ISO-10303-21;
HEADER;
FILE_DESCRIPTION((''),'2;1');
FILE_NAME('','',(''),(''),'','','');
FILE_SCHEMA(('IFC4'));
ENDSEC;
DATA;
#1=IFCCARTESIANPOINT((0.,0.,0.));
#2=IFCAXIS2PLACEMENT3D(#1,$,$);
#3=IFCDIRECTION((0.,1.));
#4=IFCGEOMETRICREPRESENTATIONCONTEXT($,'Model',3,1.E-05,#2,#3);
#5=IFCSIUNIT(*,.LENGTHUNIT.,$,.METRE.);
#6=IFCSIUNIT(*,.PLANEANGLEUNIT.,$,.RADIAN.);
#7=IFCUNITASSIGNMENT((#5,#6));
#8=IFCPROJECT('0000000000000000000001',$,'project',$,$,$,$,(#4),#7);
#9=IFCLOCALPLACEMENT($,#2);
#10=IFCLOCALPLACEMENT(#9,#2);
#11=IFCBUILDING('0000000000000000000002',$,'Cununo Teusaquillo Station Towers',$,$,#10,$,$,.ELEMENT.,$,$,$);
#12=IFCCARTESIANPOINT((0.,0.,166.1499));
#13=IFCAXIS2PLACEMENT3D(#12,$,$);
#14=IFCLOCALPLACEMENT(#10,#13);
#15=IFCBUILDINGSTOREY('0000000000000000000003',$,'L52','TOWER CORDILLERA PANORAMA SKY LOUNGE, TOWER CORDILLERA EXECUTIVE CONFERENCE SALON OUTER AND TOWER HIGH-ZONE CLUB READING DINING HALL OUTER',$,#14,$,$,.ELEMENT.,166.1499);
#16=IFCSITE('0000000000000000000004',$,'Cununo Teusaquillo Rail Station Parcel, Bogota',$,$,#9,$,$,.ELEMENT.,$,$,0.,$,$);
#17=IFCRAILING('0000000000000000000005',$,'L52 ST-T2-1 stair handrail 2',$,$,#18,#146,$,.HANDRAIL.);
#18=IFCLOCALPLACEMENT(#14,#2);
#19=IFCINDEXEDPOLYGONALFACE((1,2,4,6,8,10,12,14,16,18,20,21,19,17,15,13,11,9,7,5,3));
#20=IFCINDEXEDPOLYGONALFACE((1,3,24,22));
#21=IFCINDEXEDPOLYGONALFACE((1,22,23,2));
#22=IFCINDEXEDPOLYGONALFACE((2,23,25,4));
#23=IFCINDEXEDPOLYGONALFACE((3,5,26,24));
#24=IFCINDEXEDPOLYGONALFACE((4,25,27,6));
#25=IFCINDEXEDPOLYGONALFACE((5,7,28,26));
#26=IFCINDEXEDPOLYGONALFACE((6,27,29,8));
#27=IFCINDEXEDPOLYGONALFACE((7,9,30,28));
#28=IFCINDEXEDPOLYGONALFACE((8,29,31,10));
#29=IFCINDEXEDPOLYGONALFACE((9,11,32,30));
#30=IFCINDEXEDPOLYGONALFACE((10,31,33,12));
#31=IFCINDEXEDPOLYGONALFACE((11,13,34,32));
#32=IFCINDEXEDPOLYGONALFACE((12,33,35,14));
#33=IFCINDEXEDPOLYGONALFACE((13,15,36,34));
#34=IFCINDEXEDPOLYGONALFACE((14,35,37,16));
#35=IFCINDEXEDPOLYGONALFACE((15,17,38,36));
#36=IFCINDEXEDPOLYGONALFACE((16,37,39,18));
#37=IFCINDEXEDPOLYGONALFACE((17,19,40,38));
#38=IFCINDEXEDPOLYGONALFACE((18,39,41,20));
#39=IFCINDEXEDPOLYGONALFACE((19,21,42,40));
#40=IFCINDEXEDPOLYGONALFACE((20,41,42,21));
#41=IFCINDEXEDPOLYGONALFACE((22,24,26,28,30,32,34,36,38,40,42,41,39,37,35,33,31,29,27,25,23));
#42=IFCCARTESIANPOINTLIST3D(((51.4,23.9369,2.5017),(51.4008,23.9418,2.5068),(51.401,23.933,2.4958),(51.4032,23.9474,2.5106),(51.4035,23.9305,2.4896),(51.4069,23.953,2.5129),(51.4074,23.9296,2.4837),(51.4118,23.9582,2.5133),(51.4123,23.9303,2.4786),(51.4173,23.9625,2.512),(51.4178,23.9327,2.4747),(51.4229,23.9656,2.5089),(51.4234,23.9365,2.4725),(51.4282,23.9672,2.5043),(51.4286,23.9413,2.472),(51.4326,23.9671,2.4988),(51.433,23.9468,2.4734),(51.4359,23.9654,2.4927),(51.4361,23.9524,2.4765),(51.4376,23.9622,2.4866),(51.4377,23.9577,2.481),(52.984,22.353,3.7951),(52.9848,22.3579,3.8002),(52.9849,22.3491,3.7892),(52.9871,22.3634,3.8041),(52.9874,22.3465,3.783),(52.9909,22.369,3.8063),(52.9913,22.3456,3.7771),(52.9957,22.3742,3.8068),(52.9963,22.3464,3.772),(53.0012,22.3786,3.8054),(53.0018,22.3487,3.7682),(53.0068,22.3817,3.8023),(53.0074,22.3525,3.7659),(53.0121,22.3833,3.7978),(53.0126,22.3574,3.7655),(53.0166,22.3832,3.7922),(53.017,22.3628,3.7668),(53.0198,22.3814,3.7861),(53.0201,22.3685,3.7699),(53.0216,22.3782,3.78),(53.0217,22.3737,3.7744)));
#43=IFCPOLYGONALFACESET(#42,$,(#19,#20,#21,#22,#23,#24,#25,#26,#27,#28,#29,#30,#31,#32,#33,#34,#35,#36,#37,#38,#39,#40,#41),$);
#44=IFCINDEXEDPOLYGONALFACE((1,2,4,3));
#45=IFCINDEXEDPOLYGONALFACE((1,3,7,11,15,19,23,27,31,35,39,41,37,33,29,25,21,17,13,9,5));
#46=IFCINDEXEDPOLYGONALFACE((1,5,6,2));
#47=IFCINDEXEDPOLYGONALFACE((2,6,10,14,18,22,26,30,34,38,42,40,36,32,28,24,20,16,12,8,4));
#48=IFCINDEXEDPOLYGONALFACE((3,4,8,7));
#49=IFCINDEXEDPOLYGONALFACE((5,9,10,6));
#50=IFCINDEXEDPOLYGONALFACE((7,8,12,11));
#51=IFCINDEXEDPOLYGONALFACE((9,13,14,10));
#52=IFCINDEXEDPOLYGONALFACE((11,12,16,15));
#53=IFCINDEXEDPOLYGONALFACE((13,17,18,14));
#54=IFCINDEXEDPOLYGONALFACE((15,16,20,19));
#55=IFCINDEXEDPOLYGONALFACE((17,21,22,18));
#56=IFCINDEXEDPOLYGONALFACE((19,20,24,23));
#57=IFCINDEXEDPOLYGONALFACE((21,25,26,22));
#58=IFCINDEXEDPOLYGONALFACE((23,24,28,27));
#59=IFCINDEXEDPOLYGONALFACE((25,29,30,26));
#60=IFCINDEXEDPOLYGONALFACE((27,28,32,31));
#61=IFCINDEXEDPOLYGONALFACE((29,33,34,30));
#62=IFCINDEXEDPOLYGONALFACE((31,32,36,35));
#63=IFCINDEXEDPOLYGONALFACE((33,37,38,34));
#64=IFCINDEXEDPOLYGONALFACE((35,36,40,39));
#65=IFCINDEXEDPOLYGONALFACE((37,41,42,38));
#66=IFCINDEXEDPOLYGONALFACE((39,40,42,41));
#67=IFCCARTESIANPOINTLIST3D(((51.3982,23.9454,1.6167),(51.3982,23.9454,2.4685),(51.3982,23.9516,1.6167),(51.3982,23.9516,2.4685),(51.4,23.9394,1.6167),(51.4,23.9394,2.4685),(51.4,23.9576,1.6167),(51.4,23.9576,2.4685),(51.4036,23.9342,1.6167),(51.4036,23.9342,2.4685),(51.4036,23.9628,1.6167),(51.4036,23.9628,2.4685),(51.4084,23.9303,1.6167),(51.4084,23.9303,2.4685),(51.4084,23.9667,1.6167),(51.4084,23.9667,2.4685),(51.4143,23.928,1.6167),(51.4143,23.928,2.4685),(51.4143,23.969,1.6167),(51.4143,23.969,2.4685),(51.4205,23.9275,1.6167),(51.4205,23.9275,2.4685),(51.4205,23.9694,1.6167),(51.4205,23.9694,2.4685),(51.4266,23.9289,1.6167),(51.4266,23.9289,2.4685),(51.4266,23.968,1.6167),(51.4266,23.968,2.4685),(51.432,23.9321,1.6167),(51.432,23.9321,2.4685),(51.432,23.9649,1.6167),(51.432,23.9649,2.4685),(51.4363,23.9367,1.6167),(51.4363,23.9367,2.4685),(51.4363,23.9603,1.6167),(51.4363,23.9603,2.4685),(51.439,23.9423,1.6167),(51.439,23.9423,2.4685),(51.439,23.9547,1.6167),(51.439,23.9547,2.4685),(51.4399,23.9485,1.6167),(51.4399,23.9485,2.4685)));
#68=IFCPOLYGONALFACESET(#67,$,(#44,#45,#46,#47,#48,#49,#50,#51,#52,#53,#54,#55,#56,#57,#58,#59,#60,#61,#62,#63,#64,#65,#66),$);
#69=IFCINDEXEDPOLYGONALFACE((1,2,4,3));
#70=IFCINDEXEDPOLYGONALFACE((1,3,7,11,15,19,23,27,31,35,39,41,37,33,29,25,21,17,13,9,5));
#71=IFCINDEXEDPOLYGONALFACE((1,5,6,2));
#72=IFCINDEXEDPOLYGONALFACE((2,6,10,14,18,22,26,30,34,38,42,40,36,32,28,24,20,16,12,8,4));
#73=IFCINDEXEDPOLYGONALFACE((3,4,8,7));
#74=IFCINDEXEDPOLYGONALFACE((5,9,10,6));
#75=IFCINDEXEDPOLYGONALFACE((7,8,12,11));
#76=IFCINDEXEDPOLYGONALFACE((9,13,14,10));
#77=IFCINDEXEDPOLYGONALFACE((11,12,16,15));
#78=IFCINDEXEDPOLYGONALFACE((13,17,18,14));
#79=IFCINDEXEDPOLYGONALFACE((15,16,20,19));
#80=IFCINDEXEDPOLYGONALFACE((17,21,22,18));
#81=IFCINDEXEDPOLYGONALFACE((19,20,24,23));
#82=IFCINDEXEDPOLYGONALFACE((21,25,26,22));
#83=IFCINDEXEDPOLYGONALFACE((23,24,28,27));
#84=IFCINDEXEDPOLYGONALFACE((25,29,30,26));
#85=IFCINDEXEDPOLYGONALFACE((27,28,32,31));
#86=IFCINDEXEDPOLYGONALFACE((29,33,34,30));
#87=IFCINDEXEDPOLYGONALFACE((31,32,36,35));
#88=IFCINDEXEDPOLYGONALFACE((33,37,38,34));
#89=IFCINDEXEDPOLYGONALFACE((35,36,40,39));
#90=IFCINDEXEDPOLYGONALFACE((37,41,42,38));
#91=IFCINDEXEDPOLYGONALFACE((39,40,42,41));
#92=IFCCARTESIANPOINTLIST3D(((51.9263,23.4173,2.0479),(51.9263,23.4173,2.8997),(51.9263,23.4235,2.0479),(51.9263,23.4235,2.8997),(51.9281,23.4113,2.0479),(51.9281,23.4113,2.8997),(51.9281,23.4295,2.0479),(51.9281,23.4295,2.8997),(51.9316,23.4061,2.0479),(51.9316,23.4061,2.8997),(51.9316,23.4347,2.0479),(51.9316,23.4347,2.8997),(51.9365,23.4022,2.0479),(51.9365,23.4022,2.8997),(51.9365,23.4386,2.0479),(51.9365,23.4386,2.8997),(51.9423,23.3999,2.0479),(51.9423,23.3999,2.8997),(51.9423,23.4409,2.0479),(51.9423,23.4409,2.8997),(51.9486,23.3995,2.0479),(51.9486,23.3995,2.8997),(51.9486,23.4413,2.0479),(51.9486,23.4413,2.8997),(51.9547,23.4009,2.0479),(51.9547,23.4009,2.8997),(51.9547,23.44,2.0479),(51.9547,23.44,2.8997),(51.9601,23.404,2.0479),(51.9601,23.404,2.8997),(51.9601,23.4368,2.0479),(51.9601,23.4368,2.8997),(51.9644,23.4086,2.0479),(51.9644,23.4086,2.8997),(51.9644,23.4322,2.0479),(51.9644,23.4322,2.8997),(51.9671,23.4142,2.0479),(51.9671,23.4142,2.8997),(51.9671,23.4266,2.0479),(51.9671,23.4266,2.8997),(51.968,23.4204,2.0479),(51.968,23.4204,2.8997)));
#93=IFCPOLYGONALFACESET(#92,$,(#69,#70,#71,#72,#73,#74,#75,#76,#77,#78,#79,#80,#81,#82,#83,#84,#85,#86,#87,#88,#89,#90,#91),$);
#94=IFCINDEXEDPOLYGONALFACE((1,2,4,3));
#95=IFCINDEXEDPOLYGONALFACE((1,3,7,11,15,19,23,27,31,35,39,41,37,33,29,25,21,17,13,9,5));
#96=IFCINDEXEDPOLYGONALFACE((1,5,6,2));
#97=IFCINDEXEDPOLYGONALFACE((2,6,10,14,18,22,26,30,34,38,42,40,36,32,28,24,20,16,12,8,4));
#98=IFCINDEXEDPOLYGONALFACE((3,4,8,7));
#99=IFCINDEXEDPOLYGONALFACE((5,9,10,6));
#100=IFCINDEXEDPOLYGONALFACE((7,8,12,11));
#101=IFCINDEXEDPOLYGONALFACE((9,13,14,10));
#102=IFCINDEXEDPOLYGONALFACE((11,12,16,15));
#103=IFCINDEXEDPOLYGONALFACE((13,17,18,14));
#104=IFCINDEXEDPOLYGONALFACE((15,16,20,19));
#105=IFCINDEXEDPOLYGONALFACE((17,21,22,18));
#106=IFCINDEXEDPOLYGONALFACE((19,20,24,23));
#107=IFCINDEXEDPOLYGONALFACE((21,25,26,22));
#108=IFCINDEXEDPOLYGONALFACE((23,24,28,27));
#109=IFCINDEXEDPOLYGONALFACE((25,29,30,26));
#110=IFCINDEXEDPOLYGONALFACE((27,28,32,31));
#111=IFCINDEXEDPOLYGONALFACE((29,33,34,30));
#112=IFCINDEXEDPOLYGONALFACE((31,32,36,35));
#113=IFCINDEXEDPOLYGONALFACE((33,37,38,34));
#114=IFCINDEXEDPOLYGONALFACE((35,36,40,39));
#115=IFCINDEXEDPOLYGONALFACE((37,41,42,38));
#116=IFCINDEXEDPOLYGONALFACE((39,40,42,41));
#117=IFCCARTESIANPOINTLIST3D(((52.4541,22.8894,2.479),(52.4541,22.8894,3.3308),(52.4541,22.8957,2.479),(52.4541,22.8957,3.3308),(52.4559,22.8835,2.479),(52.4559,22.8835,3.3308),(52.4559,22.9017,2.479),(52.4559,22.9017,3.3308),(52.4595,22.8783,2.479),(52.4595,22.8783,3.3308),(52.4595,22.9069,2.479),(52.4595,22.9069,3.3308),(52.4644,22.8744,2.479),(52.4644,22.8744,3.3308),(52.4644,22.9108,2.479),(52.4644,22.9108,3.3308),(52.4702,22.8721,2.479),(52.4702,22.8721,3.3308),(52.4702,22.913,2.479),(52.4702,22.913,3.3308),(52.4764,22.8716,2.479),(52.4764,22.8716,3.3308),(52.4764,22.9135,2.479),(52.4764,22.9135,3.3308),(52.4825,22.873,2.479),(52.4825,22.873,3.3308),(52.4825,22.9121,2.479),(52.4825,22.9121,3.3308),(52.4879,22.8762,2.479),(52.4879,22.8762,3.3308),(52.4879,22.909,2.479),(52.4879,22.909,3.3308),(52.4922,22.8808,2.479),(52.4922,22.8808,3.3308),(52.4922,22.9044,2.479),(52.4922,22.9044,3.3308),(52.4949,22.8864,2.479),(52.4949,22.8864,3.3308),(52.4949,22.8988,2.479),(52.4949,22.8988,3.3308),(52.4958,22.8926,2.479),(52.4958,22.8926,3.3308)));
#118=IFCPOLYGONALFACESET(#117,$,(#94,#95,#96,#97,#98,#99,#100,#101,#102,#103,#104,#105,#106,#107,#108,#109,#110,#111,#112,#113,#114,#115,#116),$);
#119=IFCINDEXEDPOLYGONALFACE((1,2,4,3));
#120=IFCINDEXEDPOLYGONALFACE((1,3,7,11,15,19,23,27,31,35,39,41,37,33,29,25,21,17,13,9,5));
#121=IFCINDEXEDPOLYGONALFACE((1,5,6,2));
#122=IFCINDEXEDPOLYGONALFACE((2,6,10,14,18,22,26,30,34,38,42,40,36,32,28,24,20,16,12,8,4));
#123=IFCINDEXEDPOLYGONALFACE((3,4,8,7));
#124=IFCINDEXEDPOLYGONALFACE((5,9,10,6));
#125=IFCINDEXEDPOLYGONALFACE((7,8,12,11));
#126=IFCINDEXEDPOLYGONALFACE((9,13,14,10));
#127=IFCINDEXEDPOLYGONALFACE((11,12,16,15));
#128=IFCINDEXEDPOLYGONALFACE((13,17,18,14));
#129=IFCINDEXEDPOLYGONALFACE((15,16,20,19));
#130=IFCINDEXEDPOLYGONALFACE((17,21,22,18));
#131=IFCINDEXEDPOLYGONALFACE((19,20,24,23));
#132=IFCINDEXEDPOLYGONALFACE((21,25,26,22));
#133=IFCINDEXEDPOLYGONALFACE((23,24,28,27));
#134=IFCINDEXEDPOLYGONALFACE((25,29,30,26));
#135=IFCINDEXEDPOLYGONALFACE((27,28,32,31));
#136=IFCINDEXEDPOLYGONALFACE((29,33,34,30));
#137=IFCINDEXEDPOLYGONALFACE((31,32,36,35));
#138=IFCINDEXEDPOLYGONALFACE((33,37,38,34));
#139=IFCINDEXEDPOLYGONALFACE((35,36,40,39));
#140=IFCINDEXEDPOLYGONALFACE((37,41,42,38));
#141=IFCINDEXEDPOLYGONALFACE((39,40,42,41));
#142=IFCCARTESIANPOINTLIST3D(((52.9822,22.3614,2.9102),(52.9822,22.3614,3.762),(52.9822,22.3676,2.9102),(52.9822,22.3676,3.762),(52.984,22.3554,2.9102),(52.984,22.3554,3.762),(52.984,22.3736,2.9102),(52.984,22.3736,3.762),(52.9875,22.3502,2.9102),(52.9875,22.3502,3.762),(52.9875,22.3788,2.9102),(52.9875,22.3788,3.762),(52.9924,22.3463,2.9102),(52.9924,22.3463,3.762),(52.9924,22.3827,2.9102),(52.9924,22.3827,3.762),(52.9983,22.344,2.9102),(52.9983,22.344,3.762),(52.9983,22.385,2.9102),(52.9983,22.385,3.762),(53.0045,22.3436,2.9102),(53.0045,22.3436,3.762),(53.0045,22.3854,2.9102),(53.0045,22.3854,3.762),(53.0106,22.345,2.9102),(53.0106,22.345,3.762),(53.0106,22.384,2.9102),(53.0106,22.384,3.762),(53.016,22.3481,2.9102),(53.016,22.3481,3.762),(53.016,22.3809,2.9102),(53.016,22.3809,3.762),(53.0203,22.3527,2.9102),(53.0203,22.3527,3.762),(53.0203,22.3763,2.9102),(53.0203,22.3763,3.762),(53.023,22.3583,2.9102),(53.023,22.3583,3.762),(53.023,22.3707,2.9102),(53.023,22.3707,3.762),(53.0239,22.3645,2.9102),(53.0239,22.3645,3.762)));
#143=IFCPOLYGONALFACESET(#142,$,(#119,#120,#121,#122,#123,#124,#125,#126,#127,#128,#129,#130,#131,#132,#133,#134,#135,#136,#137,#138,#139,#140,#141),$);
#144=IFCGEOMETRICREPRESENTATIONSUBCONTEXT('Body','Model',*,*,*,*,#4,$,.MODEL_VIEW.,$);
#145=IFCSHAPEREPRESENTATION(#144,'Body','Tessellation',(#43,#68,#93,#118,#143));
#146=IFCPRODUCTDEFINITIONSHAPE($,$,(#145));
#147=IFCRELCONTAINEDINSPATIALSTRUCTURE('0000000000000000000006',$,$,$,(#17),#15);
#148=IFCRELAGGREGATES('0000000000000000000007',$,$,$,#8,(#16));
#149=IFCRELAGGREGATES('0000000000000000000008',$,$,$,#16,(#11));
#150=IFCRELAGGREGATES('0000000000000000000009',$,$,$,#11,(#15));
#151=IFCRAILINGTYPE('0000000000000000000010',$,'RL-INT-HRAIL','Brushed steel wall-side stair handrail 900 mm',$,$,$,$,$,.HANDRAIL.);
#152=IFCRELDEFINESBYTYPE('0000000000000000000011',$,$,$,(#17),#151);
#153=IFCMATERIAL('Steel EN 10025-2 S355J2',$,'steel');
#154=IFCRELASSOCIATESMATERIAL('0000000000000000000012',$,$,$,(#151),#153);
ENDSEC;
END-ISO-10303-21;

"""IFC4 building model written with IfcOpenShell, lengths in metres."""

from ifc_helpers import new_model, si_unit, direction, frame, origin, origin_2d, place, context, subcontext, project, spatial, circle, extrude, material, type_object, element, save


model = new_model("IFC4")

# Units and contexts
model_context = context("Model", 3, precision=1e-05, world=origin(), true_north=direction((0.0, 1.0)))
body_context = subcontext(model_context, "Body", "Model", "MODEL_VIEW")
ifc_project = project(units=[si_unit("LENGTHUNIT", "METRE"), si_unit("PLANEANGLEUNIT", "RADIAN")], contexts=[model_context])

# Site, building, storey
site_placement = place(None, origin())
site = spatial("IfcSite", under=ifc_project, at=site_placement, Name="Cununo Teusaquillo Rail Station Parcel, Bogota", CompositionType="ELEMENT", RefElevation=0.0)
building_placement = place(site_placement, origin())
building = spatial("IfcBuilding", under=site, at=building_placement, Name="Cununo Teusaquillo Station Towers", CompositionType="ELEMENT")
storey_placement = place(building_placement, frame((0.0, 0.0, 166.1499)))
storey = spatial("IfcBuildingStorey", under=building, at=storey_placement, Name="L52", Description="TOWER CORDILLERA PANORAMA SKY LOUNGE, TOWER CORDILLERA EXECUTIVE CONFERENCE SALON OUTER AND TOWER HIGH-ZONE CLUB READING DINING HALL OUTER", CompositionType="ELEMENT", Elevation=166.1499)

# Railing
ifc_material_1 = material(Name="Steel EN 10025-2 S355J2", Category="steel")
railing_type = type_object("IfcRailingType", Name="RL-INT-HRAIL", Description="Brushed steel wall-side stair handrail 900 mm", PredefinedType="HANDRAIL", material=ifc_material_1)
railing_placement = place(storey_placement, frame((51.4189, 23.9485, 1.6167)))
element("IfcRailing", 1, at=railing_placement, inside=storey, type_object=railing_type, Name="L52 ST-T2-1 stair handrail 2", PredefinedType="HANDRAIL", context=body_context, shape_type="SweptSolid", body=[
    extrude(circle(Radius=0.0239, at=origin_2d()), frame((0.0, 0.0, 0.876), z_axis=(0.612356, -0.612356, 0.50004), x_axis=(0.707107, 0.707107, 0.0)), (0.0, 0.0, 1.0), 2.5867),
    extrude(circle(Radius=0.021, at=origin_2d()), origin(), (0.0, 0.0, 1.0), 0.8518),
    extrude(circle(Radius=0.021, at=origin_2d()), frame((0.5281, -0.5281, 0.4312)), (0.0, 0.0, 1.0), 0.8518),
    extrude(circle(Radius=0.021, at=origin_2d()), frame((1.0559, -1.0559, 0.8623)), (0.0, 0.0, 1.0), 0.8518),
    extrude(circle(Radius=0.021, at=origin_2d()), frame((1.584, -1.584, 1.2935)), (0.0, 0.0, 1.0), 0.8518),
])

save(model, "model.ifc")
